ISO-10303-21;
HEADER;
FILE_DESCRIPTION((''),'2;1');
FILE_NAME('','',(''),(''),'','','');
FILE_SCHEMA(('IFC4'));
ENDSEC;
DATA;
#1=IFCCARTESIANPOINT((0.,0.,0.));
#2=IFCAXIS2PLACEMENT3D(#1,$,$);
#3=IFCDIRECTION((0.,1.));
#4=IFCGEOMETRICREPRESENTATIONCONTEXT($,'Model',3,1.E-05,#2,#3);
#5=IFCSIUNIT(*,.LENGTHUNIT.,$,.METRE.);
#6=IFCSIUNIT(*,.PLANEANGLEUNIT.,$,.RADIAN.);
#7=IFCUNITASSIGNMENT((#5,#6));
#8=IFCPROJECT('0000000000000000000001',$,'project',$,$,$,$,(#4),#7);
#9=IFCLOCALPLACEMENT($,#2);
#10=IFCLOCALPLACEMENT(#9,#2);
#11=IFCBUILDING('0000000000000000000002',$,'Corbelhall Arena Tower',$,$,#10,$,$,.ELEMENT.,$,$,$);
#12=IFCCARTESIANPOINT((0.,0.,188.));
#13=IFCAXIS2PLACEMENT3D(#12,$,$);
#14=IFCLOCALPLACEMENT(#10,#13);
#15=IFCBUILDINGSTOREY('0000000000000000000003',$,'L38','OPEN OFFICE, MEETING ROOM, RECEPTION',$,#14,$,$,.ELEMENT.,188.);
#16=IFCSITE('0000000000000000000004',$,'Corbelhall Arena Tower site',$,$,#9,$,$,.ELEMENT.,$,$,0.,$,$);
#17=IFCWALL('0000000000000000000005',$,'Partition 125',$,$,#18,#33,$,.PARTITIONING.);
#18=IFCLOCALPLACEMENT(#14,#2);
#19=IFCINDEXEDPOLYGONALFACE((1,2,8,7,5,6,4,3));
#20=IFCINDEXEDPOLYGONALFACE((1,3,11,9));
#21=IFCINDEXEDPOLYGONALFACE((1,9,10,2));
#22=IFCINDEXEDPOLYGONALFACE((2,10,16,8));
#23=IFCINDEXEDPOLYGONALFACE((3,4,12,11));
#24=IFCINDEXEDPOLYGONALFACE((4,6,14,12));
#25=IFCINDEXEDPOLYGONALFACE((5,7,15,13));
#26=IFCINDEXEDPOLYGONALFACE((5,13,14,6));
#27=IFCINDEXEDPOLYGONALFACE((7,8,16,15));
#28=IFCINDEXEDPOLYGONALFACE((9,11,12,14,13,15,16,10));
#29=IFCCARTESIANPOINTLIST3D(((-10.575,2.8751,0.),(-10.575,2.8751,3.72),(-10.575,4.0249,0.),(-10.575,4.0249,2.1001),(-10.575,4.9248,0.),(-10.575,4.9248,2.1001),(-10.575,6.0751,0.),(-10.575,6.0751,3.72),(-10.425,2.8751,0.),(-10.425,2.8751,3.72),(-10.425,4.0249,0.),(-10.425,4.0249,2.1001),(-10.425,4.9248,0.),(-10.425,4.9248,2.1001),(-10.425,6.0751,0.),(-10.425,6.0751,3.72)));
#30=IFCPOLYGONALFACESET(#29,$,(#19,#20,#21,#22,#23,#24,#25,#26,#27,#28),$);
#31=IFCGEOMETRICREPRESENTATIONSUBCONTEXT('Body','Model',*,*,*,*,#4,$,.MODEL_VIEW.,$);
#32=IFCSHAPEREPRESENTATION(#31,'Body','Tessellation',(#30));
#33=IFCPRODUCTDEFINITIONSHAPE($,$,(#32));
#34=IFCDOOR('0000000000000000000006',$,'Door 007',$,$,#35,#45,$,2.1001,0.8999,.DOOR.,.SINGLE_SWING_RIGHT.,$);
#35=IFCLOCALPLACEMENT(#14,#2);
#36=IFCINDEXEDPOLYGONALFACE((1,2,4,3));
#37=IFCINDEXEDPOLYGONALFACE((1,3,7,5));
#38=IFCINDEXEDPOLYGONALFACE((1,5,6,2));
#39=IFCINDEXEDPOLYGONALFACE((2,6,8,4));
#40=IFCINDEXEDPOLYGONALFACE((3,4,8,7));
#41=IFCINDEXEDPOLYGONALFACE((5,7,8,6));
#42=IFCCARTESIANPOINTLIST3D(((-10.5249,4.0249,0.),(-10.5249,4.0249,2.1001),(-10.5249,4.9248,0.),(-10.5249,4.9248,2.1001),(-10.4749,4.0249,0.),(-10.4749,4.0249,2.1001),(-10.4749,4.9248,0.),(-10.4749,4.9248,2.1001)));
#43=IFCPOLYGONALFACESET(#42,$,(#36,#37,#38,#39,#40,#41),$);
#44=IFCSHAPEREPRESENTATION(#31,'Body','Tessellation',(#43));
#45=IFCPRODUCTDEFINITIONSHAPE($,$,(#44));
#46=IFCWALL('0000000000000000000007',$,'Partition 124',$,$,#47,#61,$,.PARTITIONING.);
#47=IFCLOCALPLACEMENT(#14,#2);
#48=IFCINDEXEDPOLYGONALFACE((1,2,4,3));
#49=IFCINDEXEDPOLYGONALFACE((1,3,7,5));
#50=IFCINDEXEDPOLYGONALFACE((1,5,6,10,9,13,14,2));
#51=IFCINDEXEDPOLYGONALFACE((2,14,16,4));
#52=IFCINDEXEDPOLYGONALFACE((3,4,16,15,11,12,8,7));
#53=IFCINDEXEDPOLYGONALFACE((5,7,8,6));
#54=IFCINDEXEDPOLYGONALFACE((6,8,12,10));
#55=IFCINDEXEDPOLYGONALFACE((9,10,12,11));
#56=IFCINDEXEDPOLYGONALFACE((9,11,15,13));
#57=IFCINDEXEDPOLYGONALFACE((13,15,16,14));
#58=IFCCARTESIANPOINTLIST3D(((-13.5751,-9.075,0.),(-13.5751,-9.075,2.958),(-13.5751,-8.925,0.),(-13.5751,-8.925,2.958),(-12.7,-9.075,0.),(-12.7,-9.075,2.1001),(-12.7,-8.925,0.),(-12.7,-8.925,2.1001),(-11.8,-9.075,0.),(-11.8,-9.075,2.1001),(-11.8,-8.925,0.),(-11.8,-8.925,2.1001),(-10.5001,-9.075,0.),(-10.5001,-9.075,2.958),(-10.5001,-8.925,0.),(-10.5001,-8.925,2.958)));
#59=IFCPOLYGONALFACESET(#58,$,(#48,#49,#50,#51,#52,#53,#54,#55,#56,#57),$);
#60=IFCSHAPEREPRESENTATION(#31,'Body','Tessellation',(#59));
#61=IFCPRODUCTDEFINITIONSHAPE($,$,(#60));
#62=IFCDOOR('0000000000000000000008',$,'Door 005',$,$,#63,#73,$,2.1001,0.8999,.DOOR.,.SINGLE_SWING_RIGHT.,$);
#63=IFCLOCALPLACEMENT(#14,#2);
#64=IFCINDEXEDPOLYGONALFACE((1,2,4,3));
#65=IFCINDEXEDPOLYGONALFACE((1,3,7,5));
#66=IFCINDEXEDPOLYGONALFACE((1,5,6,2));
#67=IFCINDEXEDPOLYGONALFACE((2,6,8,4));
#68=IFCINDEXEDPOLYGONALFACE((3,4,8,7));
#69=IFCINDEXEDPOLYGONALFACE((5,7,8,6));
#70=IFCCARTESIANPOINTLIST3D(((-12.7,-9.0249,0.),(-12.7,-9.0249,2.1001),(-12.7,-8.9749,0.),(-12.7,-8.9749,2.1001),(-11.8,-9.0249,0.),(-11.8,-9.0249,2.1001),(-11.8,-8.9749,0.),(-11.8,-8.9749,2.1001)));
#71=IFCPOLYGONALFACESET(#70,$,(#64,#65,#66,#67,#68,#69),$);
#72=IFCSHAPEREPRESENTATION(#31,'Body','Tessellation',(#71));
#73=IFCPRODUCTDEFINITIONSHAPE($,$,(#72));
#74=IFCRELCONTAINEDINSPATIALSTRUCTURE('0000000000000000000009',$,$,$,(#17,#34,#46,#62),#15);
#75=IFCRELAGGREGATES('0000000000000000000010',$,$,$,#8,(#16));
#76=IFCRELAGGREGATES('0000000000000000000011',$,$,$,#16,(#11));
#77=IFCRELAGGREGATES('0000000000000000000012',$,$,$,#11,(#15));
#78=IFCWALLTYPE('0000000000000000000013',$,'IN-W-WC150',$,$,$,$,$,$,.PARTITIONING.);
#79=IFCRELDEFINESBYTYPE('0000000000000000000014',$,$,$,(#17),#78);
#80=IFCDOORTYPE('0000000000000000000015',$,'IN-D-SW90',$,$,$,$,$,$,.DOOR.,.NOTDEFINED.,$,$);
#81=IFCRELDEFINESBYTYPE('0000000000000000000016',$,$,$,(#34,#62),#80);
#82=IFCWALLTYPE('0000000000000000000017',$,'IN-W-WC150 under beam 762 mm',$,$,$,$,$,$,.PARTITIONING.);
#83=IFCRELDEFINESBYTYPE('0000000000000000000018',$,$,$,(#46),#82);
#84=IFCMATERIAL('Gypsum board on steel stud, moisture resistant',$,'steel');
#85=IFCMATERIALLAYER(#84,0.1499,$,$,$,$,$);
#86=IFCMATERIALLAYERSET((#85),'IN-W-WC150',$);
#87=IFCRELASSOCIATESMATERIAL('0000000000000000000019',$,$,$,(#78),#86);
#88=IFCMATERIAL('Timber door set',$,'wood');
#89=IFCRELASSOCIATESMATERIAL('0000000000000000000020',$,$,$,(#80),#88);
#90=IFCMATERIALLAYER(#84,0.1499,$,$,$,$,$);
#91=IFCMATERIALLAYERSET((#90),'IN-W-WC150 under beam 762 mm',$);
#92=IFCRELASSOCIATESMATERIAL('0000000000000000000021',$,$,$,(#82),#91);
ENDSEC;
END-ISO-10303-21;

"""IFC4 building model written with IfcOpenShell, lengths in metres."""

from ifc_helpers import new_model, si_unit, direction, frame, frame_2d, origin, place, context, subcontext, project, spatial, rectangle, extrude, material, layer, layer_set, type_object, element, fill, save


model = new_model("IFC4")

# Units and contexts
model_context = context("Model", 3, precision=1e-05, world=origin(), true_north=direction((0.0, 1.0)))
body_context = subcontext(model_context, "Body", "Model", "MODEL_VIEW")
ifc_project = project(units=[si_unit("LENGTHUNIT", "METRE"), si_unit("PLANEANGLEUNIT", "RADIAN")], contexts=[model_context])

# Site, building, storey
site_placement = place(None, origin())
site = spatial("IfcSite", under=ifc_project, at=site_placement, Name="Corbelhall Arena Tower site", CompositionType="ELEMENT", RefElevation=0.0)
building_placement = place(site_placement, origin())
building = spatial("IfcBuilding", under=site, at=building_placement, Name="Corbelhall Arena Tower", CompositionType="ELEMENT")
storey_placement = place(building_placement, frame((0.0, 0.0, 188.0)))
storey = spatial("IfcBuildingStorey", under=building, at=storey_placement, Name="L38", Description="OPEN OFFICE, MEETING ROOM, RECEPTION", CompositionType="ELEMENT", Elevation=188.0)

# Shared definitions
ifc_material_1 = material(Name="Gypsum board on steel stud, moisture resistant", Category="steel")
ifc_layer_1 = layer(ifc_material_1, 0.1499)
ifc_layer_set_1 = layer_set([ifc_layer_1], Name="IN-W-WC150")
wall_type_1 = type_object("IfcWallType", Name="IN-W-WC150", PredefinedType="PARTITIONING", material=ifc_layer_set_1)

# Walls, openings, doors
wall_1_placement = place(storey_placement, frame((-10.5, 2.875, 0.0), z_axis=(0.0, 0.0, 1.0), x_axis=(0.0, 1.0, 0.0)))
wall_1 = element("IfcWall", 1, at=wall_1_placement, inside=storey, type_object=wall_type_1, Name="Partition 125", PredefinedType="PARTITIONING", context=body_context, shape_type="SweptSolid", body=[
    extrude(rectangle(XDim=3.2, YDim=0.1499, at=frame_2d((1.6001, 0.0))), origin(), (0.0, 0.0, 1.0), 3.72),
])
opening_1_placement = place(wall_1_placement, frame((1.1499, 0.0, 0.0)))
opening_1 = element("IfcOpeningElement", 2, at=opening_1_placement, cuts=wall_1, PredefinedType="OPENING", context=body_context, shape_type="SweptSolid", body=[
    extrude(rectangle(XDim=0.8999, YDim=2.1001, at=frame_2d((0.45, 1.05))), frame((0.0, 0.075, 0.0), z_axis=(0.0, -1.0, 0.0), x_axis=(1.0, 0.0, 0.0)), (0.0, 0.0, 1.0), 0.1499),
])
ifc_material_2 = material(Name="Timber door set", Category="wood")
door_type_1 = type_object("IfcDoorType", Name="IN-D-SW90", OperationType="NOTDEFINED", PredefinedType="DOOR", material=ifc_material_2)
door_1_placement = place(opening_1_placement, origin())
door_1 = element("IfcDoor", 3, at=door_1_placement, inside=storey, type_object=door_type_1, Name="Door 007", OperationType="SINGLE_SWING_RIGHT", OverallHeight=2.1001, OverallWidth=0.8999, PredefinedType="DOOR", context=body_context, shape_type="SweptSolid", body=[
    extrude(rectangle(XDim=0.8999, YDim=2.1001, at=frame_2d((0.45, 1.05))), frame((0.0, 0.0249, 0.0), z_axis=(0.0, -1.0, 0.0), x_axis=(1.0, 0.0, 0.0)), (0.0, 0.0, 1.0), 0.05),
])
fill(opening_1, door_1)
ifc_layer_2 = layer(ifc_material_1, 0.1499)
ifc_layer_set_2 = layer_set([ifc_layer_2], Name="IN-W-WC150 under beam 762 mm")
wall_type_2 = type_object("IfcWallType", Name="IN-W-WC150 under beam 762 mm", PredefinedType="PARTITIONING", material=ifc_layer_set_2)
wall_2_placement = place(storey_placement, frame((-10.5, -9.0, 0.0), z_axis=(0.0, 0.0, 1.0), x_axis=(-1.0, 0.0, 0.0)))
wall_2 = element("IfcWall", 4, at=wall_2_placement, inside=storey, type_object=wall_type_2, Name="Partition 124", PredefinedType="PARTITIONING", context=body_context, shape_type="SweptSolid", body=[
    extrude(rectangle(XDim=3.075, YDim=0.1499, at=frame_2d((1.5376, 0.0))), origin(), (0.0, 0.0, 1.0), 2.958),
])
opening_2_placement = place(wall_2_placement, frame((1.3, 0.0, 0.0)))
opening_2 = element("IfcOpeningElement", 5, at=opening_2_placement, cuts=wall_2, PredefinedType="OPENING", context=body_context, shape_type="SweptSolid", body=[
    extrude(rectangle(XDim=0.8999, YDim=2.1001, at=frame_2d((0.45, 1.05))), frame((0.0, 0.075, 0.0), z_axis=(0.0, -1.0, 0.0), x_axis=(1.0, 0.0, 0.0)), (0.0, 0.0, 1.0), 0.1499),
])
door_2_placement = place(opening_2_placement, origin())
door_2 = element("IfcDoor", 6, at=door_2_placement, inside=storey, type_object=door_type_1, Name="Door 005", OperationType="SINGLE_SWING_RIGHT", OverallHeight=2.1001, OverallWidth=0.8999, PredefinedType="DOOR", context=body_context, shape_type="SweptSolid", body=[
    extrude(rectangle(XDim=0.8999, YDim=2.1001, at=frame_2d((0.45, 1.05))), frame((0.0, 0.0249, 0.0), z_axis=(0.0, -1.0, 0.0), x_axis=(1.0, 0.0, 0.0)), (0.0, 0.0, 1.0), 0.05),
])
fill(opening_2, door_2)

save(model, "model.ifc")
